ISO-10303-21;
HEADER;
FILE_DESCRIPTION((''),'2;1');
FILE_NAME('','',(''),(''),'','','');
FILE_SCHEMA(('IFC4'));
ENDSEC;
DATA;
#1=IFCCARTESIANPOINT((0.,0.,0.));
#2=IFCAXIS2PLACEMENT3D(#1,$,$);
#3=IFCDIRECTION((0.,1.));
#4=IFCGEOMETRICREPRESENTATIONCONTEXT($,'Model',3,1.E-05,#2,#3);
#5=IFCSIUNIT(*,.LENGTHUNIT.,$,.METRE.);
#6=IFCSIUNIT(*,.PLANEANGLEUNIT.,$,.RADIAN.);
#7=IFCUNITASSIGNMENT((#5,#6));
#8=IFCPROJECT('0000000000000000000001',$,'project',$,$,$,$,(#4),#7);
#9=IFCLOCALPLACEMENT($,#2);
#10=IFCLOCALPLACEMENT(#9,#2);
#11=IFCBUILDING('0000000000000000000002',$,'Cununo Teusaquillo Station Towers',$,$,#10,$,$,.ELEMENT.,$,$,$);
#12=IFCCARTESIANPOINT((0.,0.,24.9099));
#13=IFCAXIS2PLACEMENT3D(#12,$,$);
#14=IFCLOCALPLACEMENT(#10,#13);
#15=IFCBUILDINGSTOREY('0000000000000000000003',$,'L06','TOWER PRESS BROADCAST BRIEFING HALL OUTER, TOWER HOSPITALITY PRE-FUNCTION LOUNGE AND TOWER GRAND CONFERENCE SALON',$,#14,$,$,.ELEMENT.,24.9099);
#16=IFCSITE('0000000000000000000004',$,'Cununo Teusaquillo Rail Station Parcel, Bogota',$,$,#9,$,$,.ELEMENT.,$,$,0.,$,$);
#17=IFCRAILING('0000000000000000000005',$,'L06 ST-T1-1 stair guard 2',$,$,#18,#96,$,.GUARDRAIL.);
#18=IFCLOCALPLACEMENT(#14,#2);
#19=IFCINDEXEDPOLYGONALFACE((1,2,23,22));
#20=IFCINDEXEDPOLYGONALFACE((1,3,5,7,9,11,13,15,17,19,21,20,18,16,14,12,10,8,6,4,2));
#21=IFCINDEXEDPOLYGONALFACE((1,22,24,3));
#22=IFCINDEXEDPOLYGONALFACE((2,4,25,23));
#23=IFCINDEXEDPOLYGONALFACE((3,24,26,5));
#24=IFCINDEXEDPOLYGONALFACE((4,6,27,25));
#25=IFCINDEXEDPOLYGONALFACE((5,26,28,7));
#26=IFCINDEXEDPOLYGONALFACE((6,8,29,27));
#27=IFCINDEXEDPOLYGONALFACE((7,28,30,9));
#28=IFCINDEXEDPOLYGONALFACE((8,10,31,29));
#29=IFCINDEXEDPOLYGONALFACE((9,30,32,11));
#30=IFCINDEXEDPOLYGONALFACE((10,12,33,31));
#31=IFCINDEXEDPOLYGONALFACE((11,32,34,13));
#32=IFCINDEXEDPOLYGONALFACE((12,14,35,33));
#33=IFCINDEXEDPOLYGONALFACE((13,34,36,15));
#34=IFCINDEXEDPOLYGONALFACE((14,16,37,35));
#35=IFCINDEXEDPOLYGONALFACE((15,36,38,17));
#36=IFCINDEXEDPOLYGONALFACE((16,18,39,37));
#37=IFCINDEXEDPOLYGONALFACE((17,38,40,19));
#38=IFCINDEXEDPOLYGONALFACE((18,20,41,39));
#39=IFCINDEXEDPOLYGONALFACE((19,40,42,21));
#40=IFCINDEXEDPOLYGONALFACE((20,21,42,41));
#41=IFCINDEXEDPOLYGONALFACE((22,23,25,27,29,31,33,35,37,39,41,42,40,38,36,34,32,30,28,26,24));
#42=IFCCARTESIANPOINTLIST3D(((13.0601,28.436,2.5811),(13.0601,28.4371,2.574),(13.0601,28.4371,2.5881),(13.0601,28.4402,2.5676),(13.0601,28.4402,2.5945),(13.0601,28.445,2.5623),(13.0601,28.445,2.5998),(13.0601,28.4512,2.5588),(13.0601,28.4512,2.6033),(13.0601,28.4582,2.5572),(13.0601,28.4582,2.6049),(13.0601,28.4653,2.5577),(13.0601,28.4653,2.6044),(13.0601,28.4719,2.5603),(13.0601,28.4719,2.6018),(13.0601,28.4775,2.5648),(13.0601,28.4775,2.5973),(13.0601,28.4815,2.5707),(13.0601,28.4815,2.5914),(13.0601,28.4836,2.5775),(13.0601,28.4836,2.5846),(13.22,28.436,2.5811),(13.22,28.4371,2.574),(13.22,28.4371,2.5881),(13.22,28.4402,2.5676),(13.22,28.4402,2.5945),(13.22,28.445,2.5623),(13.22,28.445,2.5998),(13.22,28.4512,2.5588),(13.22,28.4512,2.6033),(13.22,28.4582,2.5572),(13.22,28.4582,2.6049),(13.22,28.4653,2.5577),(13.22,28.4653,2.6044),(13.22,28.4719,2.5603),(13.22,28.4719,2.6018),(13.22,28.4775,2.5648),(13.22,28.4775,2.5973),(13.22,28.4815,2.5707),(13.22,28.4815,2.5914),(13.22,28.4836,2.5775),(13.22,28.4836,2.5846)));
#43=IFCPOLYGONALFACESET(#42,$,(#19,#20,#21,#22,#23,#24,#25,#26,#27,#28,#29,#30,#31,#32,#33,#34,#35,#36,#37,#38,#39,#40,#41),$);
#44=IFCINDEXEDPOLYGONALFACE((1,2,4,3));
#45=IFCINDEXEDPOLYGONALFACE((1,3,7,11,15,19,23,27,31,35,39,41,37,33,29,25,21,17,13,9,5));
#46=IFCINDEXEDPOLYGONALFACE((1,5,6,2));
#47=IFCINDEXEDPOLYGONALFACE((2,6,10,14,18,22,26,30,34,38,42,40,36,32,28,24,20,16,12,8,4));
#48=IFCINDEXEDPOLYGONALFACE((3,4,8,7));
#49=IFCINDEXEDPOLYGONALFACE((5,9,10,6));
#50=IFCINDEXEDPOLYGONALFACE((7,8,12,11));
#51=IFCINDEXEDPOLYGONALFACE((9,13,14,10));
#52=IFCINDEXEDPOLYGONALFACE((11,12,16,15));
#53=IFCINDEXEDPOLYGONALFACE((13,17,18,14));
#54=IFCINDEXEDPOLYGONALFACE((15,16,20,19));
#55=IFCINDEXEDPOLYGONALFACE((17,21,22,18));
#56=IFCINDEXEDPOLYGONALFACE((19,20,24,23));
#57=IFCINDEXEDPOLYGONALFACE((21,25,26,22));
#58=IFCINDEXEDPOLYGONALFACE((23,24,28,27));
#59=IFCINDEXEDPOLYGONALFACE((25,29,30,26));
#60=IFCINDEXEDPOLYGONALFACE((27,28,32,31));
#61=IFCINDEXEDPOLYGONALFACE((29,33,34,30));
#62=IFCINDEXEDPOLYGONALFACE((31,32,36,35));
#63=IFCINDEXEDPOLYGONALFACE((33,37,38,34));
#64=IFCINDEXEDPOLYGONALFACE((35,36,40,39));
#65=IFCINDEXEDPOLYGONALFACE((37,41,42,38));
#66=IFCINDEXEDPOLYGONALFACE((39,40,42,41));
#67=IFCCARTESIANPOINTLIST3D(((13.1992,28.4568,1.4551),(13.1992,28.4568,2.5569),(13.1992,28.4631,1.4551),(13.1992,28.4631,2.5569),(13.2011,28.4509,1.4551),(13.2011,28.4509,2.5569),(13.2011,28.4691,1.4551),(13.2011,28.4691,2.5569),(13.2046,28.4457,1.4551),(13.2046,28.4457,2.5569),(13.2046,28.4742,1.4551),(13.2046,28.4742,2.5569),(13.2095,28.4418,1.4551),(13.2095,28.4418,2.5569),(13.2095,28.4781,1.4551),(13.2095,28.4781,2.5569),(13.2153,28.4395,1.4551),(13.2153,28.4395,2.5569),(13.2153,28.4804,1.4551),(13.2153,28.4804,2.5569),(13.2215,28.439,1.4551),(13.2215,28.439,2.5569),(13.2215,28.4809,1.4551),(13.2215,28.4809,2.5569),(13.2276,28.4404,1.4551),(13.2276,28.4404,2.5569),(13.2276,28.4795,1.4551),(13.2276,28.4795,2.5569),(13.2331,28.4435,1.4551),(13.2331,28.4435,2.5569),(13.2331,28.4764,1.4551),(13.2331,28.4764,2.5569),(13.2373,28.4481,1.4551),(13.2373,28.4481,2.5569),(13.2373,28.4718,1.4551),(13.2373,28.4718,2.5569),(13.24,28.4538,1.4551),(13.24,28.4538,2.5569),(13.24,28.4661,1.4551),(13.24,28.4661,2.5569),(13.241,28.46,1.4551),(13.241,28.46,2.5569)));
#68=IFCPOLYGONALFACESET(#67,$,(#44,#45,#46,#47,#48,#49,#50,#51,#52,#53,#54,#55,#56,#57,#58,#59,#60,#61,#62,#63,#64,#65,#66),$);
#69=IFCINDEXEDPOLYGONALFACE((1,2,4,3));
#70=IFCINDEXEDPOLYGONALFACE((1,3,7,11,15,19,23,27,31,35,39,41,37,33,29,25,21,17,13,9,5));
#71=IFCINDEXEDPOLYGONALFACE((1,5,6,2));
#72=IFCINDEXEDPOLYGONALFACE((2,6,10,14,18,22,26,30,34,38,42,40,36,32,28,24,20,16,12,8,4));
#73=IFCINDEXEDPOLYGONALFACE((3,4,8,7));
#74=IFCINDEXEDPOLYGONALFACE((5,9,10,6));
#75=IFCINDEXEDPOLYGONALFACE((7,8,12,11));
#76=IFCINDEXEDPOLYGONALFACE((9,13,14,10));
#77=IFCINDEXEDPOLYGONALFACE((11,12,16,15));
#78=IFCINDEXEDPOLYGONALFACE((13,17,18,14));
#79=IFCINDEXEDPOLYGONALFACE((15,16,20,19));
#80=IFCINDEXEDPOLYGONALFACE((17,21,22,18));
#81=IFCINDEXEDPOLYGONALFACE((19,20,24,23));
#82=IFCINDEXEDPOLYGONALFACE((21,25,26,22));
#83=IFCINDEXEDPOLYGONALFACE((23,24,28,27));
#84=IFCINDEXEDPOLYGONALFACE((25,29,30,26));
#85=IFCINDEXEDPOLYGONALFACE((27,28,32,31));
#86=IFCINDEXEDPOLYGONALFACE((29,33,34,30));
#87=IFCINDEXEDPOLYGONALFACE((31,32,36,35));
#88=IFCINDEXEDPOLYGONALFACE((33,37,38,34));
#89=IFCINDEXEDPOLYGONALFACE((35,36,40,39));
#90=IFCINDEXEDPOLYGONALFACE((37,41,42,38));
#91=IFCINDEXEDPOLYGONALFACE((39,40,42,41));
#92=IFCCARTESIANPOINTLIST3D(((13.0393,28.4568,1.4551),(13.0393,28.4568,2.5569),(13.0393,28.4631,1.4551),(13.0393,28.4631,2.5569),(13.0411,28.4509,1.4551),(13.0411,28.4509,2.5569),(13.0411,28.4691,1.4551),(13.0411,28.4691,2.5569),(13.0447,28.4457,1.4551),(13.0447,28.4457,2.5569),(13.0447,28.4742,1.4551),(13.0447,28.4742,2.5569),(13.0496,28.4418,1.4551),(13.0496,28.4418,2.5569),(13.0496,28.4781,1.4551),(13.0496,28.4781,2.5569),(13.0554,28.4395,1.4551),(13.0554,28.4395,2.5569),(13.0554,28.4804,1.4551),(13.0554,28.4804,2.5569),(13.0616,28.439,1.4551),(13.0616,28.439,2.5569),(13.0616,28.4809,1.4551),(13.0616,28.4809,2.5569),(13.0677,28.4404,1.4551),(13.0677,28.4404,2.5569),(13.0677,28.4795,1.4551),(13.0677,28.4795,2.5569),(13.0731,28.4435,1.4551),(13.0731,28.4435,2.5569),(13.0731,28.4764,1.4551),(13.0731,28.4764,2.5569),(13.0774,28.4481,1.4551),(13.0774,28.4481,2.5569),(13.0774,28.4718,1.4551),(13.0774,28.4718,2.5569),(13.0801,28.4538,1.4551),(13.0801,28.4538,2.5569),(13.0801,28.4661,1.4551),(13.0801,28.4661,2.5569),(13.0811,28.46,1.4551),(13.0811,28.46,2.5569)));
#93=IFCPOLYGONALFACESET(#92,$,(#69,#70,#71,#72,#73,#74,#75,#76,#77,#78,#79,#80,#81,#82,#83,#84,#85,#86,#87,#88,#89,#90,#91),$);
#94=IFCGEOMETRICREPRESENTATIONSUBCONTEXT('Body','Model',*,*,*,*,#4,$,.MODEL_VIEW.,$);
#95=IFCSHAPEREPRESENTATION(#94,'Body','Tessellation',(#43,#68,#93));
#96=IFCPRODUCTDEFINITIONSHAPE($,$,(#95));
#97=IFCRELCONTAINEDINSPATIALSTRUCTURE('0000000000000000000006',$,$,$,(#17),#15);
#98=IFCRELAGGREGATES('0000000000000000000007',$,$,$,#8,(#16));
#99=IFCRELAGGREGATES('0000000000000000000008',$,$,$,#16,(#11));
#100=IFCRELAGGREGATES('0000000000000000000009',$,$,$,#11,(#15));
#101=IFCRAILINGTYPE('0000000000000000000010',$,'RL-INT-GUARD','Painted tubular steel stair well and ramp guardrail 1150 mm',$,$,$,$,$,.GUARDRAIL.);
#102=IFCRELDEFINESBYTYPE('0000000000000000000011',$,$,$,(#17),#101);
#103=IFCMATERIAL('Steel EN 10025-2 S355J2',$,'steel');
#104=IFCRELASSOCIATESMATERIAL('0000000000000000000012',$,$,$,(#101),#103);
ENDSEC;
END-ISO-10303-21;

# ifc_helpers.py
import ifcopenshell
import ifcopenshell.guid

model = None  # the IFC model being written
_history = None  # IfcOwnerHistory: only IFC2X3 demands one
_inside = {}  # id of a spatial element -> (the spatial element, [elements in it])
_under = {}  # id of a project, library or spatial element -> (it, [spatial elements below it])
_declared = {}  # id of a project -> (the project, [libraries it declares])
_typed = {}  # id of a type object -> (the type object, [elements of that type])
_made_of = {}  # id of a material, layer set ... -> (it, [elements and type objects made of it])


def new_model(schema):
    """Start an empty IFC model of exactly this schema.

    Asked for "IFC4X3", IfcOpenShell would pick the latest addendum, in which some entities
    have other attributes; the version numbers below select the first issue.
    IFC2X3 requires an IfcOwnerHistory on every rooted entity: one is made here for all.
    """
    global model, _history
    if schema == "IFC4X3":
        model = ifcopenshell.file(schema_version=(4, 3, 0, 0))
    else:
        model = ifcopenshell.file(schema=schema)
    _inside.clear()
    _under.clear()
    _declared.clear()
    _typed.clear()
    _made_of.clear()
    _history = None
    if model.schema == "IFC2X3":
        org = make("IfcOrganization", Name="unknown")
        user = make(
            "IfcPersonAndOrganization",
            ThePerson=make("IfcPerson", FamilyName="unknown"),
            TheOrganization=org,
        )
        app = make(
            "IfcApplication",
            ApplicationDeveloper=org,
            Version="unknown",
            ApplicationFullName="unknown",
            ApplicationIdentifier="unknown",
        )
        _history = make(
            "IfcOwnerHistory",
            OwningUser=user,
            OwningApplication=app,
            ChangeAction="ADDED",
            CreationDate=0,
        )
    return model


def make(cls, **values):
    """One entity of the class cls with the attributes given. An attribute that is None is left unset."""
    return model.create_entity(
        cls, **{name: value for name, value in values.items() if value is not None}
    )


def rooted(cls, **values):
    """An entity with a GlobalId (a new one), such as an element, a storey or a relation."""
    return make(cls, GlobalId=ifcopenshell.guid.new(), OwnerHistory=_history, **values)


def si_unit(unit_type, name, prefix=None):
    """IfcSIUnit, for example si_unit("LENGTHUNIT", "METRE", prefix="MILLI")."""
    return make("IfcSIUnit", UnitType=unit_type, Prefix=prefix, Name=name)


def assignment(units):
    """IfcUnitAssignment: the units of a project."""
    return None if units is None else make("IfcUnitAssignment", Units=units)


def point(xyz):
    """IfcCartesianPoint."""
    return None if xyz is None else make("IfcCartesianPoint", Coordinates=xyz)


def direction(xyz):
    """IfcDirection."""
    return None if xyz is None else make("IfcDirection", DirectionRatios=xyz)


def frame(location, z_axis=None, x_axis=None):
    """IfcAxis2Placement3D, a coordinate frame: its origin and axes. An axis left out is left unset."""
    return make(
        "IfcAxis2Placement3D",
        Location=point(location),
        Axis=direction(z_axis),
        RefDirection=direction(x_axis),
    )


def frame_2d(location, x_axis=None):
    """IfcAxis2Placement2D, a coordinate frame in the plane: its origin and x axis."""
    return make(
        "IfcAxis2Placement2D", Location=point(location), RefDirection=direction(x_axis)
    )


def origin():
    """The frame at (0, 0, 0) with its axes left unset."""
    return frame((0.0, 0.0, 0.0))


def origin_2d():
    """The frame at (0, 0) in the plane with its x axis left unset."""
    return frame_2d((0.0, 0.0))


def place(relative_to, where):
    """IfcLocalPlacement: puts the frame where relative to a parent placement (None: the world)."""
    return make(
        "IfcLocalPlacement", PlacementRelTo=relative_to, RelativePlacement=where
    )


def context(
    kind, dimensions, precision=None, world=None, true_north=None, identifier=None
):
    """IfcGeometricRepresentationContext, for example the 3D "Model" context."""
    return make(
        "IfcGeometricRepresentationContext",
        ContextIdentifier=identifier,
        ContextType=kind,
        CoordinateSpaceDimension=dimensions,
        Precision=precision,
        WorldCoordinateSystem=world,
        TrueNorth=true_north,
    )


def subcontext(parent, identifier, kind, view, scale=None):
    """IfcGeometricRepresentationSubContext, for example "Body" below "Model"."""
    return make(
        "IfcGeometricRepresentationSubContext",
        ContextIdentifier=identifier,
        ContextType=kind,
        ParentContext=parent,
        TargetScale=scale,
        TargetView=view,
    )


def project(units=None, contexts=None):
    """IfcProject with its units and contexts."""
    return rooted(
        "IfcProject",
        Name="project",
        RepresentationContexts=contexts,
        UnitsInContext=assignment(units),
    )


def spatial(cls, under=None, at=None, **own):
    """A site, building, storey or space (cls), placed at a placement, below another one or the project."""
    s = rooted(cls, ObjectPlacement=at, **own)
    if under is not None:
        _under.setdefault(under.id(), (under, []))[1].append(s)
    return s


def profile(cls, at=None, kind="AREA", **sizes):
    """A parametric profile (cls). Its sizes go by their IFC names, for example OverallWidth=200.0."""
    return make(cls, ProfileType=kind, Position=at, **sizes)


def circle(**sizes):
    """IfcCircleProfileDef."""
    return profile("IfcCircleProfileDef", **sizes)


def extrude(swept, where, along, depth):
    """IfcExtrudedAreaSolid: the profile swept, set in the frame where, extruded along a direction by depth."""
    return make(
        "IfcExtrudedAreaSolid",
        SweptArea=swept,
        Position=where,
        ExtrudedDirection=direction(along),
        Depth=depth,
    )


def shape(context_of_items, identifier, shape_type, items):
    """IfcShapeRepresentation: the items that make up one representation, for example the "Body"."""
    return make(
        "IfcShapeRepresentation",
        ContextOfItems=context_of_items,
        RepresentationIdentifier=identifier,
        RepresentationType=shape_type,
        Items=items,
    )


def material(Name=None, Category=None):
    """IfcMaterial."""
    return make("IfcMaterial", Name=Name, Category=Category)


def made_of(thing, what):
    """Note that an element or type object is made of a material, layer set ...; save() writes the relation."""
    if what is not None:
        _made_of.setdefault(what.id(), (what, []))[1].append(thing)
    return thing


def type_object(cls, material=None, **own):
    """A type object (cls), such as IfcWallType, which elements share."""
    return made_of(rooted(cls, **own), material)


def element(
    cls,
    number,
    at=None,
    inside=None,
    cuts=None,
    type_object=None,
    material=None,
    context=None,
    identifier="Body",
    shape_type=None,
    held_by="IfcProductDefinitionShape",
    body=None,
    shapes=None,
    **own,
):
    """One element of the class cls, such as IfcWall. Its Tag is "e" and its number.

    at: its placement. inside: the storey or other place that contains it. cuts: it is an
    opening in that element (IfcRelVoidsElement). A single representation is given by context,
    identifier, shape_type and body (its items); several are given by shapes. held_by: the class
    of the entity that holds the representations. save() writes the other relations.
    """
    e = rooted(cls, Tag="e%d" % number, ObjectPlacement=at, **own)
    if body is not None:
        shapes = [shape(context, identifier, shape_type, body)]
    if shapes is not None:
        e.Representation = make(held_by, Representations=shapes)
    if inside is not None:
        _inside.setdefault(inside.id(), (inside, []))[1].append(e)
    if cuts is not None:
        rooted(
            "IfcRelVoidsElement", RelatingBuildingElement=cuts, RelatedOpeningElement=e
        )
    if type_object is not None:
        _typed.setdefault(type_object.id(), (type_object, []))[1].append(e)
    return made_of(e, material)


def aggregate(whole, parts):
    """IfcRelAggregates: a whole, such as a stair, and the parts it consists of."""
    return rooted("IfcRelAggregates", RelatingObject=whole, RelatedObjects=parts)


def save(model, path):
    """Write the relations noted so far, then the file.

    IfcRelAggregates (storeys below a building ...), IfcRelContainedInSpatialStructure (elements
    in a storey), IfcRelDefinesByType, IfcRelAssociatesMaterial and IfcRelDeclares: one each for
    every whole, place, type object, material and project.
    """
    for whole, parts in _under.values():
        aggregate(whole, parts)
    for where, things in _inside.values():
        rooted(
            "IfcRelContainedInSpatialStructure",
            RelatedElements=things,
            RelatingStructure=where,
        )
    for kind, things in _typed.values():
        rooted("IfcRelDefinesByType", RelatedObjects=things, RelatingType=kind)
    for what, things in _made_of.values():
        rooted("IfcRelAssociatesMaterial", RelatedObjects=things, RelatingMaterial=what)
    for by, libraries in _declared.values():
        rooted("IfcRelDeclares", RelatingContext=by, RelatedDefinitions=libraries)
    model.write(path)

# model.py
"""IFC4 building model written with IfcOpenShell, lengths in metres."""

from ifc_helpers import new_model, si_unit, direction, frame, origin, origin_2d, place, context, subcontext, project, spatial, circle, extrude, material, type_object, element, save


model = new_model("IFC4")

# Units and contexts
model_context = context("Model", 3, precision=1e-05, world=origin(), true_north=direction((0.0, 1.0)))
body_context = subcontext(model_context, "Body", "Model", "MODEL_VIEW")
ifc_project = project(units=[si_unit("LENGTHUNIT", "METRE"), si_unit("PLANEANGLEUNIT", "RADIAN")], contexts=[model_context])

# Site, building, storey
site_placement = place(None, origin())
site = spatial("IfcSite", under=ifc_project, at=site_placement, Name="Cununo Teusaquillo Rail Station Parcel, Bogota", CompositionType="ELEMENT", RefElevation=0.0)
building_placement = place(site_placement, origin())
building = spatial("IfcBuilding", under=site, at=building_placement, Name="Cununo Teusaquillo Station Towers", CompositionType="ELEMENT")
storey_placement = place(building_placement, frame((0.0, 0.0, 24.9099)))
storey = spatial("IfcBuildingStorey", under=building, at=storey_placement, Name="L06", Description="TOWER PRESS BROADCAST BRIEFING HALL OUTER, TOWER HOSPITALITY PRE-FUNCTION LOUNGE AND TOWER GRAND CONFERENCE SALON", CompositionType="ELEMENT", Elevation=24.9099)

# Railing
ifc_material_1 = material(Name="Steel EN 10025-2 S355J2", Category="steel")
railing_type_1 = type_object("IfcRailingType", Name="RL-INT-GUARD", Description="Painted tubular steel stair well and ramp guardrail 1150 mm", PredefinedType="GUARDRAIL", material=ifc_material_1)
railing_1_placement = place(storey_placement, frame((13.22, 28.46, 1.4551)))
element("IfcRailing", 1, at=railing_1_placement, inside=storey, type_object=railing_type_1, Name="L06 ST-T1-1 stair guard 2", PredefinedType="GUARDRAIL", context=body_context, shape_type="SweptSolid", body=[
    extrude(circle(Radius=0.0239, at=origin_2d()), frame((0.0, 0.0, 1.126), z_axis=(-1.0, 0.0, 0.0), x_axis=(0.0, -1.0, 0.0)), (0.0, 0.0, 1.0), 0.1599),
    extrude(circle(Radius=0.021, at=origin_2d()), origin(), (0.0, 0.0, 1.0), 1.1018),
    extrude(circle(Radius=0.021, at=origin_2d()), frame((-0.1599, 0.0, 0.0)), (0.0, 0.0, 1.0), 1.1018),
])

save(model, "model.ifc")
